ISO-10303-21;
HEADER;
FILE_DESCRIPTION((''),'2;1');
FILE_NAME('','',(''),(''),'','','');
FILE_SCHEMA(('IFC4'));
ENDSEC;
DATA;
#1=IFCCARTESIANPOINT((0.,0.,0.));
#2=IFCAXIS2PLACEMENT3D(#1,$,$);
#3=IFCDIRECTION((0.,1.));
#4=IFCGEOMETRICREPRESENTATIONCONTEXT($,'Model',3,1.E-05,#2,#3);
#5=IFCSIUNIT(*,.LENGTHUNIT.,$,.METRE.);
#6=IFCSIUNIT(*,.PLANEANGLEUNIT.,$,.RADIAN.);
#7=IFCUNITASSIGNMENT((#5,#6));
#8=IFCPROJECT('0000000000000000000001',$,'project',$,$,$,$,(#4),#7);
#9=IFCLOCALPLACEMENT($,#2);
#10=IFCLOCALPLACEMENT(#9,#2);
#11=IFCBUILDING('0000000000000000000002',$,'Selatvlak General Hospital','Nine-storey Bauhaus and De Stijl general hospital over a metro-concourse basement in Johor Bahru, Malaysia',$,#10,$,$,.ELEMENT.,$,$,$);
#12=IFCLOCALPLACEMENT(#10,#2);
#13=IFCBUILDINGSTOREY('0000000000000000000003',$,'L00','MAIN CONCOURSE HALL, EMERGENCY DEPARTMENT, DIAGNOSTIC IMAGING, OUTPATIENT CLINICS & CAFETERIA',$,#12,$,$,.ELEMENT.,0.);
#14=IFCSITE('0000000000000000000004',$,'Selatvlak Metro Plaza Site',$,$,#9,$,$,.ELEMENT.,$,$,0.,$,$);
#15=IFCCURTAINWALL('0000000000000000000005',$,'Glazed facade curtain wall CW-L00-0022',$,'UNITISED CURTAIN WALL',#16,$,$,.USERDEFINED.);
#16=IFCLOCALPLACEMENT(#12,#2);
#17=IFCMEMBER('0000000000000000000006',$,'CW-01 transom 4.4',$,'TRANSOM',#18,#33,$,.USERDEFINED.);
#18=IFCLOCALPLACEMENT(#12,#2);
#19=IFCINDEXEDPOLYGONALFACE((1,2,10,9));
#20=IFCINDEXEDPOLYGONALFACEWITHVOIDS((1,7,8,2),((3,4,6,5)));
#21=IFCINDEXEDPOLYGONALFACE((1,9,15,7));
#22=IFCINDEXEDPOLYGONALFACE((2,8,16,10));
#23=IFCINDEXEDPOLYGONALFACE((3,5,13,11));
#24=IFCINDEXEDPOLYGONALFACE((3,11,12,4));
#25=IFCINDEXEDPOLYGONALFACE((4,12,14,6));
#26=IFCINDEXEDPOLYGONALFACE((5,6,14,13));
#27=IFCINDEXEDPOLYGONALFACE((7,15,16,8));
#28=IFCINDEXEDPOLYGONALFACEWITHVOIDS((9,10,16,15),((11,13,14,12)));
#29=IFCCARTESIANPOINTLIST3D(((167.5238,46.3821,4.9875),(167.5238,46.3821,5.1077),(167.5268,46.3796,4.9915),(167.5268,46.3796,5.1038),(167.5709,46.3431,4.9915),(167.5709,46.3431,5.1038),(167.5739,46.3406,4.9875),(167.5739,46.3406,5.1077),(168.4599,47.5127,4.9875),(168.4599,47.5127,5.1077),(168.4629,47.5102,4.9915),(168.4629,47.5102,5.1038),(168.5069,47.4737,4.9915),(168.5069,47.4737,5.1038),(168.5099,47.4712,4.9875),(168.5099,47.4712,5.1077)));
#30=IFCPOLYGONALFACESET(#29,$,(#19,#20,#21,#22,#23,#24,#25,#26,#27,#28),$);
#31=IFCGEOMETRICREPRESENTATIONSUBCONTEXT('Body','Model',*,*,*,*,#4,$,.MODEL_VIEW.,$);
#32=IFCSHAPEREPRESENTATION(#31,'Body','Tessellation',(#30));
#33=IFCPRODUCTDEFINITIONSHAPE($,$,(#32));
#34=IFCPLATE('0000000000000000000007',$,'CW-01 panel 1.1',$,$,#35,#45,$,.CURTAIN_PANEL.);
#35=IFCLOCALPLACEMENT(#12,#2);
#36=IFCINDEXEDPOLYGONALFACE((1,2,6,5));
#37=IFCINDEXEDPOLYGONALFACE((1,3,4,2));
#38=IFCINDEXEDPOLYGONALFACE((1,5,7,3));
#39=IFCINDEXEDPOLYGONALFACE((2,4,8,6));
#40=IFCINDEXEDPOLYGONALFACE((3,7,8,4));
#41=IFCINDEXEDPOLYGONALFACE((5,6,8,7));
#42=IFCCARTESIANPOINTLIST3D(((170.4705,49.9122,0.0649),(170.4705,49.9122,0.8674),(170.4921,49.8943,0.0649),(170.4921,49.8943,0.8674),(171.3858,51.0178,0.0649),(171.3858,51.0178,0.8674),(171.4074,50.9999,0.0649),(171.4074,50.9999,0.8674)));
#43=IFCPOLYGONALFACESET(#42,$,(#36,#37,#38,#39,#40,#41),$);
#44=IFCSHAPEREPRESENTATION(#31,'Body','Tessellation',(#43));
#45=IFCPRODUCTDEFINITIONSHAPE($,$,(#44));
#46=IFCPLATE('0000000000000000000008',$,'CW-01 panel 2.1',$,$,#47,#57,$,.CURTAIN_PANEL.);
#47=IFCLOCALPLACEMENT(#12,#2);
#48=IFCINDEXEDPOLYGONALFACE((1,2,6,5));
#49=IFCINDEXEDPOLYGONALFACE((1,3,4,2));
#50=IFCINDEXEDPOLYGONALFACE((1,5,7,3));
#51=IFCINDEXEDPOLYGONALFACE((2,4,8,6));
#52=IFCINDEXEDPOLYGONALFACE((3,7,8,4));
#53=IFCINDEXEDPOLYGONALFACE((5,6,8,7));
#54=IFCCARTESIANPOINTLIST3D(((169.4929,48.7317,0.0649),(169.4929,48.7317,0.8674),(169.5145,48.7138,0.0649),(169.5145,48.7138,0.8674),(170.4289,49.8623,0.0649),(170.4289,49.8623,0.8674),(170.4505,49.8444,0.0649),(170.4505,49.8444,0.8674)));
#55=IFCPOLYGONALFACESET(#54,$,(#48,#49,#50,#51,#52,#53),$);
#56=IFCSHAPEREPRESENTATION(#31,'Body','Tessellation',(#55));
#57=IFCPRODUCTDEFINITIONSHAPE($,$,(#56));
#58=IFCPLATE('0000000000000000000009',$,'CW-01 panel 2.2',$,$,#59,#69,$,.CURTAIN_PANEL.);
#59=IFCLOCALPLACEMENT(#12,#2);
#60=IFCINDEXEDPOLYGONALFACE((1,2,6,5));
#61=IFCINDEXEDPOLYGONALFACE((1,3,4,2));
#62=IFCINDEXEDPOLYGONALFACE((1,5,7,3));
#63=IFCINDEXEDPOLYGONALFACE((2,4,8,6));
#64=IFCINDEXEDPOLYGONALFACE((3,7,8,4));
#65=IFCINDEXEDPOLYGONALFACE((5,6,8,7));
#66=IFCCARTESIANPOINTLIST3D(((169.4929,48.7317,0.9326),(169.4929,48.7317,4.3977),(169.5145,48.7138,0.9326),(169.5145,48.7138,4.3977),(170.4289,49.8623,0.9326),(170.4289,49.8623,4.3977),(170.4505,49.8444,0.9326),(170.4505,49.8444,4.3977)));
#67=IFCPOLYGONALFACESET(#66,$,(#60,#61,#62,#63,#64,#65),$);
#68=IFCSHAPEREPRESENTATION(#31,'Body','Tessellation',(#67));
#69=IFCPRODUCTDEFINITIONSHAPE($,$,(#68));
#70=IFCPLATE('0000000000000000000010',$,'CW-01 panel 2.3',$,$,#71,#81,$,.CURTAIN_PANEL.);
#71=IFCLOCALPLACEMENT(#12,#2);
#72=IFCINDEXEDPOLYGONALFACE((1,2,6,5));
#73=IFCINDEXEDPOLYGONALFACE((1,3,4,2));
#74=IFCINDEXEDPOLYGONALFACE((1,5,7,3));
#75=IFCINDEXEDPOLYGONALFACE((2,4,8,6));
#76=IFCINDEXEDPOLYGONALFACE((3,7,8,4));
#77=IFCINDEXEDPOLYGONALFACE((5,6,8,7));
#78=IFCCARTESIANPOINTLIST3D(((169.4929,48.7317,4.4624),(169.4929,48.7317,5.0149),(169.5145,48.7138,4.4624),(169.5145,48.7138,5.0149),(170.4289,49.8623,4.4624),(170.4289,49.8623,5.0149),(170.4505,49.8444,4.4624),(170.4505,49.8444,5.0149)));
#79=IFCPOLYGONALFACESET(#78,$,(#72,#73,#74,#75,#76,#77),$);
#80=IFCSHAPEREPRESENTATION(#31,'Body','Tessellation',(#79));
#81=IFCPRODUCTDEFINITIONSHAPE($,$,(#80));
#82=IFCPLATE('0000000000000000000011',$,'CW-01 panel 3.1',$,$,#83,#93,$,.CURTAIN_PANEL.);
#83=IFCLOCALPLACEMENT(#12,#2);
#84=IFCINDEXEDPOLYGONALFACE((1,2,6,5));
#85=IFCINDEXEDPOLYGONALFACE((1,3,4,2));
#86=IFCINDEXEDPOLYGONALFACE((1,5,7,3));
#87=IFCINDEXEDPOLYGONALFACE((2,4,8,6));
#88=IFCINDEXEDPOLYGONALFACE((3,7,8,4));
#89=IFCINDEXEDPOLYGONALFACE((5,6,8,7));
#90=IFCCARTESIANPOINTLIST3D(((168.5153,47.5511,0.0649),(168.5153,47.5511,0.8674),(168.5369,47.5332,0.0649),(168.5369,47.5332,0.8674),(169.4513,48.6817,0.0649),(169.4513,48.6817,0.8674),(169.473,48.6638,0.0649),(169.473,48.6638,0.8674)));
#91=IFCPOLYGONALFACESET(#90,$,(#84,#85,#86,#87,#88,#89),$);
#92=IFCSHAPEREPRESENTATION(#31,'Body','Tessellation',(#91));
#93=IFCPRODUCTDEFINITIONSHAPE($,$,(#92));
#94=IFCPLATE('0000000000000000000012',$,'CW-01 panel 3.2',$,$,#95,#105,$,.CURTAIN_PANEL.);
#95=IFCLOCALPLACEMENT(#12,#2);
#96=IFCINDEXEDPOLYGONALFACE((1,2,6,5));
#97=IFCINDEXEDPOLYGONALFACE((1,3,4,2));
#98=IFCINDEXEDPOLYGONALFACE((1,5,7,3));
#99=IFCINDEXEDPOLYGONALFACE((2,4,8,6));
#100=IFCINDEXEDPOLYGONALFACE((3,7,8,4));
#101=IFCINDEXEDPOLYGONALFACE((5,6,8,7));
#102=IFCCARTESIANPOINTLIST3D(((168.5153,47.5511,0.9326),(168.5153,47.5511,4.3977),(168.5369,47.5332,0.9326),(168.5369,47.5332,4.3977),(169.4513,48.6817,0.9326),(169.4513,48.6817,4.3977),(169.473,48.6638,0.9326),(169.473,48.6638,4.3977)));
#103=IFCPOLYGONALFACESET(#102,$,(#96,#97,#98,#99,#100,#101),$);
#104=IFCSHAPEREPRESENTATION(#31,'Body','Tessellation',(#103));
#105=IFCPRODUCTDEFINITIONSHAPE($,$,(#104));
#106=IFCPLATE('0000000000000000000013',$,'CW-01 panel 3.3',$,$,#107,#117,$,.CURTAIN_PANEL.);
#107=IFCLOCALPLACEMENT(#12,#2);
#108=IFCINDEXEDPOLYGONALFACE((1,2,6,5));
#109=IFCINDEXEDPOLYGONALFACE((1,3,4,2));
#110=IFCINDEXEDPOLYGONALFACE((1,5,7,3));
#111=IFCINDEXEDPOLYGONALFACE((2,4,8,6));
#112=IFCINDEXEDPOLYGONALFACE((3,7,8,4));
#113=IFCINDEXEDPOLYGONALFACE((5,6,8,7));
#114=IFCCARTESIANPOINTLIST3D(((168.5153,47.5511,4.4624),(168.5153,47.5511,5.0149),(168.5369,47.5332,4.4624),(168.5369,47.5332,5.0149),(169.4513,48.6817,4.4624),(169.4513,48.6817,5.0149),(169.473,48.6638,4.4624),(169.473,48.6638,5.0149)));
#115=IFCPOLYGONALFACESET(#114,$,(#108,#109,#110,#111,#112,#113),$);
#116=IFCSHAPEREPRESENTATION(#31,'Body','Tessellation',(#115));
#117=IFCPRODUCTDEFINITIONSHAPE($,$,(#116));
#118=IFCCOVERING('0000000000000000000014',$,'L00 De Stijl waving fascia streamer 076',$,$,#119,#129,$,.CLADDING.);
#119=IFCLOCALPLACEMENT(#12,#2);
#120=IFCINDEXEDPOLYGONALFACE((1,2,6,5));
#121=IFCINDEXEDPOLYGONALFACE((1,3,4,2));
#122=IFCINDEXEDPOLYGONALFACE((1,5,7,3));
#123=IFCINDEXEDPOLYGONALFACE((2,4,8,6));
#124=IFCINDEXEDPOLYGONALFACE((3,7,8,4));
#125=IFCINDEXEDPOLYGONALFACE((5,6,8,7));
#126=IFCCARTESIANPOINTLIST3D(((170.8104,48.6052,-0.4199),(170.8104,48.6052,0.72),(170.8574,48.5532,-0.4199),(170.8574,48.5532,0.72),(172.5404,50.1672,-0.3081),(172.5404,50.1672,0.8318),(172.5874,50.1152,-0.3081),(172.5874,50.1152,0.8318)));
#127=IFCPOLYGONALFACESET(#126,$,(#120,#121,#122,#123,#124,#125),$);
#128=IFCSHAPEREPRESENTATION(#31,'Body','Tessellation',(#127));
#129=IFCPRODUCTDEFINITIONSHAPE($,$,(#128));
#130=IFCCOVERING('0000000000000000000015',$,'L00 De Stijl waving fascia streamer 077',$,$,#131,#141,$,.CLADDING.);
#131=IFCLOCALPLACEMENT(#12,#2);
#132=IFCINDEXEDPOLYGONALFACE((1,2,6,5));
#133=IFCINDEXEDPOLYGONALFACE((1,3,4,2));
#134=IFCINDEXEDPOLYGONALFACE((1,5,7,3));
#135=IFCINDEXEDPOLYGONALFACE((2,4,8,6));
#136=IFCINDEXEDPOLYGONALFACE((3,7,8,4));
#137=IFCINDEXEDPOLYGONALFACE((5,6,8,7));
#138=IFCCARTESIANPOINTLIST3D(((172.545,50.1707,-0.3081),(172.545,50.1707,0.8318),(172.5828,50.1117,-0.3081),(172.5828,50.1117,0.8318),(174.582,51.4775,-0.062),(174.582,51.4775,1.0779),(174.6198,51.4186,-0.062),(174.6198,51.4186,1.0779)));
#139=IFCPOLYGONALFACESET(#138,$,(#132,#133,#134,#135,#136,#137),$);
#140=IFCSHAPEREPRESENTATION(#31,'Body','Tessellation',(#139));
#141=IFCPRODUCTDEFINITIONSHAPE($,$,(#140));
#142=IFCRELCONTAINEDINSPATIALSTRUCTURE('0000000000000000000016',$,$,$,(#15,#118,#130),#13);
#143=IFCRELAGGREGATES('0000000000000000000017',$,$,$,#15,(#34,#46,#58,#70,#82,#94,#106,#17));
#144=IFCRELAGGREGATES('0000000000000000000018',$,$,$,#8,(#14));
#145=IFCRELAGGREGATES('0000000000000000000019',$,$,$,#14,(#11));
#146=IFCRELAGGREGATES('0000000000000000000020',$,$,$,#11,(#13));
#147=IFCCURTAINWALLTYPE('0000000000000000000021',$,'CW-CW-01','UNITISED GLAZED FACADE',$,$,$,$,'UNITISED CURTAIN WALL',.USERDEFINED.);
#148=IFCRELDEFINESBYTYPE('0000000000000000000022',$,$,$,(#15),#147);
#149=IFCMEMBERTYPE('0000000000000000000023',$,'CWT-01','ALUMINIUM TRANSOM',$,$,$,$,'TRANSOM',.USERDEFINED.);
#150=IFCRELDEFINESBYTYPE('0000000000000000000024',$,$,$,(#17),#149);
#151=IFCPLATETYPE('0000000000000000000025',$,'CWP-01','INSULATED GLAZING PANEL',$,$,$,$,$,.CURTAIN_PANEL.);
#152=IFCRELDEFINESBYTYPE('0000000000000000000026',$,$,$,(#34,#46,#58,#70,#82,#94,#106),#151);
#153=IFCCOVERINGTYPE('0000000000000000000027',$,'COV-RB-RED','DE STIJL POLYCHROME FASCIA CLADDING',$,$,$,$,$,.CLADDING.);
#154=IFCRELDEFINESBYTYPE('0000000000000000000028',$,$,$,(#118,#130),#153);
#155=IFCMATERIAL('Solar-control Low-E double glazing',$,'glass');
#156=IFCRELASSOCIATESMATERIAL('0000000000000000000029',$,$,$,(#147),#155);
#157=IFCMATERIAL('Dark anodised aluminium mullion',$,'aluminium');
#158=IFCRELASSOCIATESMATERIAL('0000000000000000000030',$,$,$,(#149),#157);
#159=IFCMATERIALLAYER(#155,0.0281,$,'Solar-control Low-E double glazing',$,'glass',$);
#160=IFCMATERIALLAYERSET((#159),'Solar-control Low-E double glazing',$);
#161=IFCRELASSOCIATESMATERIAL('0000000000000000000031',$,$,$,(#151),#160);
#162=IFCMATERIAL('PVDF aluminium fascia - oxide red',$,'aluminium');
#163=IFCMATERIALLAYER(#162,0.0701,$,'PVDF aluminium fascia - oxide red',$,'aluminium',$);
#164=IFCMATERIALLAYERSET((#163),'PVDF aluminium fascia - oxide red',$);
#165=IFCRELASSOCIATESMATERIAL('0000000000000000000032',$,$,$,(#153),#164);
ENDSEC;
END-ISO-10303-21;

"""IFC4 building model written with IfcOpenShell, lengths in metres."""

from ifc_helpers import new_model, si_unit, direction, frame, origin, origin_2d, place, context, subcontext, project, spatial, polyline, rectangle, hollow_rectangle, outline, extrude, material, layer, layer_set, material_profile, profile_set, type_object, element, aggregate, save


model = new_model("IFC4")

# Units and contexts
model_context = context("Model", 3, precision=1e-05, world=origin(), true_north=direction((0.0, 1.0)))
body_context = subcontext(model_context, "Body", "Model", "MODEL_VIEW")
ifc_project = project(units=[si_unit("LENGTHUNIT", "METRE"), si_unit("PLANEANGLEUNIT", "RADIAN")], contexts=[model_context])

# Site, building, storey
site_placement = place(None, origin())
site = spatial("IfcSite", under=ifc_project, at=site_placement, Name="Selatvlak Metro Plaza Site", CompositionType="ELEMENT", RefElevation=0.0)
building_placement = place(site_placement, origin())
building = spatial("IfcBuilding", under=site, at=building_placement, Name="Selatvlak General Hospital", Description="Nine-storey Bauhaus and De Stijl general hospital over a metro-concourse basement in Johor Bahru, Malaysia", CompositionType="ELEMENT")
storey_placement = place(building_placement, origin())
storey = spatial("IfcBuildingStorey", under=building, at=storey_placement, Name="L00", Description="MAIN CONCOURSE HALL, EMERGENCY DEPARTMENT, DIAGNOSTIC IMAGING, OUTPATIENT CLINICS & CAFETERIA", CompositionType="ELEMENT", Elevation=0.0)

# Curtain wall, member, plates
ifc_material_1 = material(Name="Solar-control Low-E double glazing", Category="glass")
curtain_wall_type = type_object("IfcCurtainWallType", Name="CW-CW-01", Description="UNITISED GLAZED FACADE", ElementType="UNITISED CURTAIN WALL", PredefinedType="USERDEFINED", material=ifc_material_1)
curtain_wall_placement = place(storey_placement, origin())
curtain_wall = element("IfcCurtainWall", 1, at=curtain_wall_placement, inside=storey, type_object=curtain_wall_type, Name="Glazed facade curtain wall CW-L00-0022", ObjectType="UNITISED CURTAIN WALL", PredefinedType="USERDEFINED")
ifc_material_2 = material(Name="Dark anodised aluminium mullion", Category="aluminium")
ifc_material_profile_1 = material_profile(ifc_material_2, hollow_rectangle(XDim=0.0649, YDim=0.1201, WallThickness=0.0039, at=origin_2d()), Name="AL-TRN 65x120x4")
ifc_profile_set_1 = profile_set([ifc_material_profile_1], Name="Dark anodised aluminium mullion")
member_type_1 = type_object("IfcMemberType", Name="CWT-01", Description="ALUMINIUM TRANSOM", ElementType="TRANSOM", PredefinedType="USERDEFINED", material=ifc_profile_set_1)
member_1_placement = place(storey_placement, frame((168.4849, 47.4919, 5.0476), z_axis=(-0.637711, -0.770276, 0.0), x_axis=(0.770276, -0.637711, 0.0)))
member_1 = element("IfcMember", 2, at=member_1_placement, type_object=member_type_1, Name="CW-01 transom 4.4", ObjectType="TRANSOM", PredefinedType="USERDEFINED", context=body_context, shape_type="SweptSolid", body=[
    extrude(hollow_rectangle(XDim=0.0649, YDim=0.1201, WallThickness=0.0039, at=origin_2d()), origin(), (0.0, 0.0, 1.0), 1.4678),
])
ifc_layer_1 = layer(ifc_material_1, 0.0281, Name="Solar-control Low-E double glazing", Category="glass")
ifc_layer_set_1 = layer_set([ifc_layer_1], Name="Solar-control Low-E double glazing")
plate_type = type_object("IfcPlateType", Name="CWP-01", Description="INSULATED GLAZING PANEL", PredefinedType="CURTAIN_PANEL", material=ifc_layer_set_1)
plate_1_placement = place(storey_placement, frame((170.939, 50.4561, 0.0649), z_axis=(0.0, 0.0, 1.0), x_axis=(-0.637721, -0.770267, 0.0)))
plate_1 = element("IfcPlate", 3, at=plate_1_placement, type_object=plate_type, Name="CW-01 panel 1.1", PredefinedType="CURTAIN_PANEL", context=body_context, shape_type="SweptSolid", body=[
    extrude(rectangle(XDim=1.4353, YDim=0.0281, at=origin_2d()), origin(), (0.0, 0.0, 1.0), 0.8025),
])
plate_2_placement = place(storey_placement, frame((169.9717, 49.2881, 0.0649), z_axis=(0.0, 0.0, 1.0), x_axis=(-0.637721, -0.770267, 0.0)))
plate_2 = element("IfcPlate", 4, at=plate_2_placement, type_object=plate_type, Name="CW-01 panel 2.1", PredefinedType="CURTAIN_PANEL", context=body_context, shape_type="SweptSolid", body=[
    extrude(rectangle(XDim=1.4678, YDim=0.0281, at=origin_2d()), origin(), (0.0, 0.0, 1.0), 0.8025),
])
plate_3_placement = place(storey_placement, frame((169.9717, 49.2881, 0.9326), z_axis=(0.0, 0.0, 1.0), x_axis=(-0.637721, -0.770267, 0.0)))
plate_3 = element("IfcPlate", 5, at=plate_3_placement, type_object=plate_type, Name="CW-01 panel 2.2", PredefinedType="CURTAIN_PANEL", context=body_context, shape_type="SweptSolid", body=[
    extrude(rectangle(XDim=1.4678, YDim=0.0281, at=origin_2d()), origin(), (0.0, 0.0, 1.0), 3.4651),
])
plate_4_placement = place(storey_placement, frame((169.9717, 49.2881, 4.4624), z_axis=(0.0, 0.0, 1.0), x_axis=(-0.637721, -0.770267, 0.0)))
plate_4 = element("IfcPlate", 6, at=plate_4_placement, type_object=plate_type, Name="CW-01 panel 2.3", PredefinedType="CURTAIN_PANEL", context=body_context, shape_type="SweptSolid", body=[
    extrude(rectangle(XDim=1.4678, YDim=0.0281, at=origin_2d()), origin(), (0.0, 0.0, 1.0), 0.5525),
])
plate_5_placement = place(storey_placement, frame((168.9941, 48.1074, 0.0649), z_axis=(0.0, 0.0, 1.0), x_axis=(-0.637721, -0.770267, 0.0)))
plate_5 = element("IfcPlate", 7, at=plate_5_placement, type_object=plate_type, Name="CW-01 panel 3.1", PredefinedType="CURTAIN_PANEL", context=body_context, shape_type="SweptSolid", body=[
    extrude(rectangle(XDim=1.4678, YDim=0.0281, at=origin_2d()), origin(), (0.0, 0.0, 1.0), 0.8025),
])
plate_6_placement = place(storey_placement, frame((168.9941, 48.1074, 0.9326), z_axis=(0.0, 0.0, 1.0), x_axis=(-0.637721, -0.770267, 0.0)))
plate_6 = element("IfcPlate", 8, at=plate_6_placement, type_object=plate_type, Name="CW-01 panel 3.2", PredefinedType="CURTAIN_PANEL", context=body_context, shape_type="SweptSolid", body=[
    extrude(rectangle(XDim=1.4678, YDim=0.0281, at=origin_2d()), origin(), (0.0, 0.0, 1.0), 3.4651),
])
plate_7_placement = place(storey_placement, frame((168.9941, 48.1074, 4.4624), z_axis=(0.0, 0.0, 1.0), x_axis=(-0.637721, -0.770267, 0.0)))
plate_7 = element("IfcPlate", 9, at=plate_7_placement, type_object=plate_type, Name="CW-01 panel 3.3", PredefinedType="CURTAIN_PANEL", context=body_context, shape_type="SweptSolid", body=[
    extrude(rectangle(XDim=1.4678, YDim=0.0281, at=origin_2d()), origin(), (0.0, 0.0, 1.0), 0.5525),
])
aggregate(curtain_wall, [plate_1, plate_2, plate_3, plate_4, plate_5, plate_6, plate_7, member_1])

# Coverings
ifc_material_3 = material(Name="PVDF aluminium fascia - oxide red", Category="aluminium")
ifc_layer_2 = layer(ifc_material_3, 0.0701, Name="PVDF aluminium fascia - oxide red", Category="aluminium")
ifc_layer_set_2 = layer_set([ifc_layer_2], Name="PVDF aluminium fascia - oxide red")
covering_type = type_object("IfcCoveringType", Name="COV-RB-RED", Description="DE STIJL POLYCHROME FASCIA CLADDING", PredefinedType="CLADDING", material=ifc_layer_set_2)
covering_1_placement = place(storey_placement, frame((170.834, 48.5791, -0.4199), z_axis=(0.0, 0.0, 1.0), x_axis=(0.74222, 0.670156, 0.0)))
element("IfcCovering", 10, at=covering_1_placement, inside=storey, type_object=covering_type, Name="L00 De Stijl waving fascia streamer 076", PredefinedType="CLADDING", context=body_context, shape_type="SweptSolid", body=[
    extrude(outline(polyline([(0.0, 0.0), (2.3308, 0.1118), (2.3308, 1.2517), (0.0, 1.1399), (0.0, 0.0)])), frame((0.0, 0.0352, 0.0), z_axis=(0.0, -1.0, 0.0), x_axis=(1.0, 0.0, 0.0)), (0.0, 0.0, 1.0), 0.0701),
])
covering_2_placement = place(storey_placement, frame((172.564, 50.1411, -0.3081), z_axis=(0.0, 0.0, 1.0), x_axis=(0.841683, 0.539972, 0.0)))
element("IfcCovering", 11, at=covering_2_placement, inside=storey, type_object=covering_type, Name="L00 De Stijl waving fascia streamer 077", PredefinedType="CLADDING", context=body_context, shape_type="SweptSolid", body=[
    extrude(outline(polyline([(0.0, 0.0), (2.4202, 0.2461), (2.4202, 1.386), (0.0, 1.1399), (0.0, 0.0)])), frame((0.0, 0.0352, 0.0), z_axis=(0.0, -1.0, 0.0), x_axis=(1.0, 0.0, 0.0)), (0.0, 0.0, 1.0), 0.0701),
])

save(model, "model.ifc")
